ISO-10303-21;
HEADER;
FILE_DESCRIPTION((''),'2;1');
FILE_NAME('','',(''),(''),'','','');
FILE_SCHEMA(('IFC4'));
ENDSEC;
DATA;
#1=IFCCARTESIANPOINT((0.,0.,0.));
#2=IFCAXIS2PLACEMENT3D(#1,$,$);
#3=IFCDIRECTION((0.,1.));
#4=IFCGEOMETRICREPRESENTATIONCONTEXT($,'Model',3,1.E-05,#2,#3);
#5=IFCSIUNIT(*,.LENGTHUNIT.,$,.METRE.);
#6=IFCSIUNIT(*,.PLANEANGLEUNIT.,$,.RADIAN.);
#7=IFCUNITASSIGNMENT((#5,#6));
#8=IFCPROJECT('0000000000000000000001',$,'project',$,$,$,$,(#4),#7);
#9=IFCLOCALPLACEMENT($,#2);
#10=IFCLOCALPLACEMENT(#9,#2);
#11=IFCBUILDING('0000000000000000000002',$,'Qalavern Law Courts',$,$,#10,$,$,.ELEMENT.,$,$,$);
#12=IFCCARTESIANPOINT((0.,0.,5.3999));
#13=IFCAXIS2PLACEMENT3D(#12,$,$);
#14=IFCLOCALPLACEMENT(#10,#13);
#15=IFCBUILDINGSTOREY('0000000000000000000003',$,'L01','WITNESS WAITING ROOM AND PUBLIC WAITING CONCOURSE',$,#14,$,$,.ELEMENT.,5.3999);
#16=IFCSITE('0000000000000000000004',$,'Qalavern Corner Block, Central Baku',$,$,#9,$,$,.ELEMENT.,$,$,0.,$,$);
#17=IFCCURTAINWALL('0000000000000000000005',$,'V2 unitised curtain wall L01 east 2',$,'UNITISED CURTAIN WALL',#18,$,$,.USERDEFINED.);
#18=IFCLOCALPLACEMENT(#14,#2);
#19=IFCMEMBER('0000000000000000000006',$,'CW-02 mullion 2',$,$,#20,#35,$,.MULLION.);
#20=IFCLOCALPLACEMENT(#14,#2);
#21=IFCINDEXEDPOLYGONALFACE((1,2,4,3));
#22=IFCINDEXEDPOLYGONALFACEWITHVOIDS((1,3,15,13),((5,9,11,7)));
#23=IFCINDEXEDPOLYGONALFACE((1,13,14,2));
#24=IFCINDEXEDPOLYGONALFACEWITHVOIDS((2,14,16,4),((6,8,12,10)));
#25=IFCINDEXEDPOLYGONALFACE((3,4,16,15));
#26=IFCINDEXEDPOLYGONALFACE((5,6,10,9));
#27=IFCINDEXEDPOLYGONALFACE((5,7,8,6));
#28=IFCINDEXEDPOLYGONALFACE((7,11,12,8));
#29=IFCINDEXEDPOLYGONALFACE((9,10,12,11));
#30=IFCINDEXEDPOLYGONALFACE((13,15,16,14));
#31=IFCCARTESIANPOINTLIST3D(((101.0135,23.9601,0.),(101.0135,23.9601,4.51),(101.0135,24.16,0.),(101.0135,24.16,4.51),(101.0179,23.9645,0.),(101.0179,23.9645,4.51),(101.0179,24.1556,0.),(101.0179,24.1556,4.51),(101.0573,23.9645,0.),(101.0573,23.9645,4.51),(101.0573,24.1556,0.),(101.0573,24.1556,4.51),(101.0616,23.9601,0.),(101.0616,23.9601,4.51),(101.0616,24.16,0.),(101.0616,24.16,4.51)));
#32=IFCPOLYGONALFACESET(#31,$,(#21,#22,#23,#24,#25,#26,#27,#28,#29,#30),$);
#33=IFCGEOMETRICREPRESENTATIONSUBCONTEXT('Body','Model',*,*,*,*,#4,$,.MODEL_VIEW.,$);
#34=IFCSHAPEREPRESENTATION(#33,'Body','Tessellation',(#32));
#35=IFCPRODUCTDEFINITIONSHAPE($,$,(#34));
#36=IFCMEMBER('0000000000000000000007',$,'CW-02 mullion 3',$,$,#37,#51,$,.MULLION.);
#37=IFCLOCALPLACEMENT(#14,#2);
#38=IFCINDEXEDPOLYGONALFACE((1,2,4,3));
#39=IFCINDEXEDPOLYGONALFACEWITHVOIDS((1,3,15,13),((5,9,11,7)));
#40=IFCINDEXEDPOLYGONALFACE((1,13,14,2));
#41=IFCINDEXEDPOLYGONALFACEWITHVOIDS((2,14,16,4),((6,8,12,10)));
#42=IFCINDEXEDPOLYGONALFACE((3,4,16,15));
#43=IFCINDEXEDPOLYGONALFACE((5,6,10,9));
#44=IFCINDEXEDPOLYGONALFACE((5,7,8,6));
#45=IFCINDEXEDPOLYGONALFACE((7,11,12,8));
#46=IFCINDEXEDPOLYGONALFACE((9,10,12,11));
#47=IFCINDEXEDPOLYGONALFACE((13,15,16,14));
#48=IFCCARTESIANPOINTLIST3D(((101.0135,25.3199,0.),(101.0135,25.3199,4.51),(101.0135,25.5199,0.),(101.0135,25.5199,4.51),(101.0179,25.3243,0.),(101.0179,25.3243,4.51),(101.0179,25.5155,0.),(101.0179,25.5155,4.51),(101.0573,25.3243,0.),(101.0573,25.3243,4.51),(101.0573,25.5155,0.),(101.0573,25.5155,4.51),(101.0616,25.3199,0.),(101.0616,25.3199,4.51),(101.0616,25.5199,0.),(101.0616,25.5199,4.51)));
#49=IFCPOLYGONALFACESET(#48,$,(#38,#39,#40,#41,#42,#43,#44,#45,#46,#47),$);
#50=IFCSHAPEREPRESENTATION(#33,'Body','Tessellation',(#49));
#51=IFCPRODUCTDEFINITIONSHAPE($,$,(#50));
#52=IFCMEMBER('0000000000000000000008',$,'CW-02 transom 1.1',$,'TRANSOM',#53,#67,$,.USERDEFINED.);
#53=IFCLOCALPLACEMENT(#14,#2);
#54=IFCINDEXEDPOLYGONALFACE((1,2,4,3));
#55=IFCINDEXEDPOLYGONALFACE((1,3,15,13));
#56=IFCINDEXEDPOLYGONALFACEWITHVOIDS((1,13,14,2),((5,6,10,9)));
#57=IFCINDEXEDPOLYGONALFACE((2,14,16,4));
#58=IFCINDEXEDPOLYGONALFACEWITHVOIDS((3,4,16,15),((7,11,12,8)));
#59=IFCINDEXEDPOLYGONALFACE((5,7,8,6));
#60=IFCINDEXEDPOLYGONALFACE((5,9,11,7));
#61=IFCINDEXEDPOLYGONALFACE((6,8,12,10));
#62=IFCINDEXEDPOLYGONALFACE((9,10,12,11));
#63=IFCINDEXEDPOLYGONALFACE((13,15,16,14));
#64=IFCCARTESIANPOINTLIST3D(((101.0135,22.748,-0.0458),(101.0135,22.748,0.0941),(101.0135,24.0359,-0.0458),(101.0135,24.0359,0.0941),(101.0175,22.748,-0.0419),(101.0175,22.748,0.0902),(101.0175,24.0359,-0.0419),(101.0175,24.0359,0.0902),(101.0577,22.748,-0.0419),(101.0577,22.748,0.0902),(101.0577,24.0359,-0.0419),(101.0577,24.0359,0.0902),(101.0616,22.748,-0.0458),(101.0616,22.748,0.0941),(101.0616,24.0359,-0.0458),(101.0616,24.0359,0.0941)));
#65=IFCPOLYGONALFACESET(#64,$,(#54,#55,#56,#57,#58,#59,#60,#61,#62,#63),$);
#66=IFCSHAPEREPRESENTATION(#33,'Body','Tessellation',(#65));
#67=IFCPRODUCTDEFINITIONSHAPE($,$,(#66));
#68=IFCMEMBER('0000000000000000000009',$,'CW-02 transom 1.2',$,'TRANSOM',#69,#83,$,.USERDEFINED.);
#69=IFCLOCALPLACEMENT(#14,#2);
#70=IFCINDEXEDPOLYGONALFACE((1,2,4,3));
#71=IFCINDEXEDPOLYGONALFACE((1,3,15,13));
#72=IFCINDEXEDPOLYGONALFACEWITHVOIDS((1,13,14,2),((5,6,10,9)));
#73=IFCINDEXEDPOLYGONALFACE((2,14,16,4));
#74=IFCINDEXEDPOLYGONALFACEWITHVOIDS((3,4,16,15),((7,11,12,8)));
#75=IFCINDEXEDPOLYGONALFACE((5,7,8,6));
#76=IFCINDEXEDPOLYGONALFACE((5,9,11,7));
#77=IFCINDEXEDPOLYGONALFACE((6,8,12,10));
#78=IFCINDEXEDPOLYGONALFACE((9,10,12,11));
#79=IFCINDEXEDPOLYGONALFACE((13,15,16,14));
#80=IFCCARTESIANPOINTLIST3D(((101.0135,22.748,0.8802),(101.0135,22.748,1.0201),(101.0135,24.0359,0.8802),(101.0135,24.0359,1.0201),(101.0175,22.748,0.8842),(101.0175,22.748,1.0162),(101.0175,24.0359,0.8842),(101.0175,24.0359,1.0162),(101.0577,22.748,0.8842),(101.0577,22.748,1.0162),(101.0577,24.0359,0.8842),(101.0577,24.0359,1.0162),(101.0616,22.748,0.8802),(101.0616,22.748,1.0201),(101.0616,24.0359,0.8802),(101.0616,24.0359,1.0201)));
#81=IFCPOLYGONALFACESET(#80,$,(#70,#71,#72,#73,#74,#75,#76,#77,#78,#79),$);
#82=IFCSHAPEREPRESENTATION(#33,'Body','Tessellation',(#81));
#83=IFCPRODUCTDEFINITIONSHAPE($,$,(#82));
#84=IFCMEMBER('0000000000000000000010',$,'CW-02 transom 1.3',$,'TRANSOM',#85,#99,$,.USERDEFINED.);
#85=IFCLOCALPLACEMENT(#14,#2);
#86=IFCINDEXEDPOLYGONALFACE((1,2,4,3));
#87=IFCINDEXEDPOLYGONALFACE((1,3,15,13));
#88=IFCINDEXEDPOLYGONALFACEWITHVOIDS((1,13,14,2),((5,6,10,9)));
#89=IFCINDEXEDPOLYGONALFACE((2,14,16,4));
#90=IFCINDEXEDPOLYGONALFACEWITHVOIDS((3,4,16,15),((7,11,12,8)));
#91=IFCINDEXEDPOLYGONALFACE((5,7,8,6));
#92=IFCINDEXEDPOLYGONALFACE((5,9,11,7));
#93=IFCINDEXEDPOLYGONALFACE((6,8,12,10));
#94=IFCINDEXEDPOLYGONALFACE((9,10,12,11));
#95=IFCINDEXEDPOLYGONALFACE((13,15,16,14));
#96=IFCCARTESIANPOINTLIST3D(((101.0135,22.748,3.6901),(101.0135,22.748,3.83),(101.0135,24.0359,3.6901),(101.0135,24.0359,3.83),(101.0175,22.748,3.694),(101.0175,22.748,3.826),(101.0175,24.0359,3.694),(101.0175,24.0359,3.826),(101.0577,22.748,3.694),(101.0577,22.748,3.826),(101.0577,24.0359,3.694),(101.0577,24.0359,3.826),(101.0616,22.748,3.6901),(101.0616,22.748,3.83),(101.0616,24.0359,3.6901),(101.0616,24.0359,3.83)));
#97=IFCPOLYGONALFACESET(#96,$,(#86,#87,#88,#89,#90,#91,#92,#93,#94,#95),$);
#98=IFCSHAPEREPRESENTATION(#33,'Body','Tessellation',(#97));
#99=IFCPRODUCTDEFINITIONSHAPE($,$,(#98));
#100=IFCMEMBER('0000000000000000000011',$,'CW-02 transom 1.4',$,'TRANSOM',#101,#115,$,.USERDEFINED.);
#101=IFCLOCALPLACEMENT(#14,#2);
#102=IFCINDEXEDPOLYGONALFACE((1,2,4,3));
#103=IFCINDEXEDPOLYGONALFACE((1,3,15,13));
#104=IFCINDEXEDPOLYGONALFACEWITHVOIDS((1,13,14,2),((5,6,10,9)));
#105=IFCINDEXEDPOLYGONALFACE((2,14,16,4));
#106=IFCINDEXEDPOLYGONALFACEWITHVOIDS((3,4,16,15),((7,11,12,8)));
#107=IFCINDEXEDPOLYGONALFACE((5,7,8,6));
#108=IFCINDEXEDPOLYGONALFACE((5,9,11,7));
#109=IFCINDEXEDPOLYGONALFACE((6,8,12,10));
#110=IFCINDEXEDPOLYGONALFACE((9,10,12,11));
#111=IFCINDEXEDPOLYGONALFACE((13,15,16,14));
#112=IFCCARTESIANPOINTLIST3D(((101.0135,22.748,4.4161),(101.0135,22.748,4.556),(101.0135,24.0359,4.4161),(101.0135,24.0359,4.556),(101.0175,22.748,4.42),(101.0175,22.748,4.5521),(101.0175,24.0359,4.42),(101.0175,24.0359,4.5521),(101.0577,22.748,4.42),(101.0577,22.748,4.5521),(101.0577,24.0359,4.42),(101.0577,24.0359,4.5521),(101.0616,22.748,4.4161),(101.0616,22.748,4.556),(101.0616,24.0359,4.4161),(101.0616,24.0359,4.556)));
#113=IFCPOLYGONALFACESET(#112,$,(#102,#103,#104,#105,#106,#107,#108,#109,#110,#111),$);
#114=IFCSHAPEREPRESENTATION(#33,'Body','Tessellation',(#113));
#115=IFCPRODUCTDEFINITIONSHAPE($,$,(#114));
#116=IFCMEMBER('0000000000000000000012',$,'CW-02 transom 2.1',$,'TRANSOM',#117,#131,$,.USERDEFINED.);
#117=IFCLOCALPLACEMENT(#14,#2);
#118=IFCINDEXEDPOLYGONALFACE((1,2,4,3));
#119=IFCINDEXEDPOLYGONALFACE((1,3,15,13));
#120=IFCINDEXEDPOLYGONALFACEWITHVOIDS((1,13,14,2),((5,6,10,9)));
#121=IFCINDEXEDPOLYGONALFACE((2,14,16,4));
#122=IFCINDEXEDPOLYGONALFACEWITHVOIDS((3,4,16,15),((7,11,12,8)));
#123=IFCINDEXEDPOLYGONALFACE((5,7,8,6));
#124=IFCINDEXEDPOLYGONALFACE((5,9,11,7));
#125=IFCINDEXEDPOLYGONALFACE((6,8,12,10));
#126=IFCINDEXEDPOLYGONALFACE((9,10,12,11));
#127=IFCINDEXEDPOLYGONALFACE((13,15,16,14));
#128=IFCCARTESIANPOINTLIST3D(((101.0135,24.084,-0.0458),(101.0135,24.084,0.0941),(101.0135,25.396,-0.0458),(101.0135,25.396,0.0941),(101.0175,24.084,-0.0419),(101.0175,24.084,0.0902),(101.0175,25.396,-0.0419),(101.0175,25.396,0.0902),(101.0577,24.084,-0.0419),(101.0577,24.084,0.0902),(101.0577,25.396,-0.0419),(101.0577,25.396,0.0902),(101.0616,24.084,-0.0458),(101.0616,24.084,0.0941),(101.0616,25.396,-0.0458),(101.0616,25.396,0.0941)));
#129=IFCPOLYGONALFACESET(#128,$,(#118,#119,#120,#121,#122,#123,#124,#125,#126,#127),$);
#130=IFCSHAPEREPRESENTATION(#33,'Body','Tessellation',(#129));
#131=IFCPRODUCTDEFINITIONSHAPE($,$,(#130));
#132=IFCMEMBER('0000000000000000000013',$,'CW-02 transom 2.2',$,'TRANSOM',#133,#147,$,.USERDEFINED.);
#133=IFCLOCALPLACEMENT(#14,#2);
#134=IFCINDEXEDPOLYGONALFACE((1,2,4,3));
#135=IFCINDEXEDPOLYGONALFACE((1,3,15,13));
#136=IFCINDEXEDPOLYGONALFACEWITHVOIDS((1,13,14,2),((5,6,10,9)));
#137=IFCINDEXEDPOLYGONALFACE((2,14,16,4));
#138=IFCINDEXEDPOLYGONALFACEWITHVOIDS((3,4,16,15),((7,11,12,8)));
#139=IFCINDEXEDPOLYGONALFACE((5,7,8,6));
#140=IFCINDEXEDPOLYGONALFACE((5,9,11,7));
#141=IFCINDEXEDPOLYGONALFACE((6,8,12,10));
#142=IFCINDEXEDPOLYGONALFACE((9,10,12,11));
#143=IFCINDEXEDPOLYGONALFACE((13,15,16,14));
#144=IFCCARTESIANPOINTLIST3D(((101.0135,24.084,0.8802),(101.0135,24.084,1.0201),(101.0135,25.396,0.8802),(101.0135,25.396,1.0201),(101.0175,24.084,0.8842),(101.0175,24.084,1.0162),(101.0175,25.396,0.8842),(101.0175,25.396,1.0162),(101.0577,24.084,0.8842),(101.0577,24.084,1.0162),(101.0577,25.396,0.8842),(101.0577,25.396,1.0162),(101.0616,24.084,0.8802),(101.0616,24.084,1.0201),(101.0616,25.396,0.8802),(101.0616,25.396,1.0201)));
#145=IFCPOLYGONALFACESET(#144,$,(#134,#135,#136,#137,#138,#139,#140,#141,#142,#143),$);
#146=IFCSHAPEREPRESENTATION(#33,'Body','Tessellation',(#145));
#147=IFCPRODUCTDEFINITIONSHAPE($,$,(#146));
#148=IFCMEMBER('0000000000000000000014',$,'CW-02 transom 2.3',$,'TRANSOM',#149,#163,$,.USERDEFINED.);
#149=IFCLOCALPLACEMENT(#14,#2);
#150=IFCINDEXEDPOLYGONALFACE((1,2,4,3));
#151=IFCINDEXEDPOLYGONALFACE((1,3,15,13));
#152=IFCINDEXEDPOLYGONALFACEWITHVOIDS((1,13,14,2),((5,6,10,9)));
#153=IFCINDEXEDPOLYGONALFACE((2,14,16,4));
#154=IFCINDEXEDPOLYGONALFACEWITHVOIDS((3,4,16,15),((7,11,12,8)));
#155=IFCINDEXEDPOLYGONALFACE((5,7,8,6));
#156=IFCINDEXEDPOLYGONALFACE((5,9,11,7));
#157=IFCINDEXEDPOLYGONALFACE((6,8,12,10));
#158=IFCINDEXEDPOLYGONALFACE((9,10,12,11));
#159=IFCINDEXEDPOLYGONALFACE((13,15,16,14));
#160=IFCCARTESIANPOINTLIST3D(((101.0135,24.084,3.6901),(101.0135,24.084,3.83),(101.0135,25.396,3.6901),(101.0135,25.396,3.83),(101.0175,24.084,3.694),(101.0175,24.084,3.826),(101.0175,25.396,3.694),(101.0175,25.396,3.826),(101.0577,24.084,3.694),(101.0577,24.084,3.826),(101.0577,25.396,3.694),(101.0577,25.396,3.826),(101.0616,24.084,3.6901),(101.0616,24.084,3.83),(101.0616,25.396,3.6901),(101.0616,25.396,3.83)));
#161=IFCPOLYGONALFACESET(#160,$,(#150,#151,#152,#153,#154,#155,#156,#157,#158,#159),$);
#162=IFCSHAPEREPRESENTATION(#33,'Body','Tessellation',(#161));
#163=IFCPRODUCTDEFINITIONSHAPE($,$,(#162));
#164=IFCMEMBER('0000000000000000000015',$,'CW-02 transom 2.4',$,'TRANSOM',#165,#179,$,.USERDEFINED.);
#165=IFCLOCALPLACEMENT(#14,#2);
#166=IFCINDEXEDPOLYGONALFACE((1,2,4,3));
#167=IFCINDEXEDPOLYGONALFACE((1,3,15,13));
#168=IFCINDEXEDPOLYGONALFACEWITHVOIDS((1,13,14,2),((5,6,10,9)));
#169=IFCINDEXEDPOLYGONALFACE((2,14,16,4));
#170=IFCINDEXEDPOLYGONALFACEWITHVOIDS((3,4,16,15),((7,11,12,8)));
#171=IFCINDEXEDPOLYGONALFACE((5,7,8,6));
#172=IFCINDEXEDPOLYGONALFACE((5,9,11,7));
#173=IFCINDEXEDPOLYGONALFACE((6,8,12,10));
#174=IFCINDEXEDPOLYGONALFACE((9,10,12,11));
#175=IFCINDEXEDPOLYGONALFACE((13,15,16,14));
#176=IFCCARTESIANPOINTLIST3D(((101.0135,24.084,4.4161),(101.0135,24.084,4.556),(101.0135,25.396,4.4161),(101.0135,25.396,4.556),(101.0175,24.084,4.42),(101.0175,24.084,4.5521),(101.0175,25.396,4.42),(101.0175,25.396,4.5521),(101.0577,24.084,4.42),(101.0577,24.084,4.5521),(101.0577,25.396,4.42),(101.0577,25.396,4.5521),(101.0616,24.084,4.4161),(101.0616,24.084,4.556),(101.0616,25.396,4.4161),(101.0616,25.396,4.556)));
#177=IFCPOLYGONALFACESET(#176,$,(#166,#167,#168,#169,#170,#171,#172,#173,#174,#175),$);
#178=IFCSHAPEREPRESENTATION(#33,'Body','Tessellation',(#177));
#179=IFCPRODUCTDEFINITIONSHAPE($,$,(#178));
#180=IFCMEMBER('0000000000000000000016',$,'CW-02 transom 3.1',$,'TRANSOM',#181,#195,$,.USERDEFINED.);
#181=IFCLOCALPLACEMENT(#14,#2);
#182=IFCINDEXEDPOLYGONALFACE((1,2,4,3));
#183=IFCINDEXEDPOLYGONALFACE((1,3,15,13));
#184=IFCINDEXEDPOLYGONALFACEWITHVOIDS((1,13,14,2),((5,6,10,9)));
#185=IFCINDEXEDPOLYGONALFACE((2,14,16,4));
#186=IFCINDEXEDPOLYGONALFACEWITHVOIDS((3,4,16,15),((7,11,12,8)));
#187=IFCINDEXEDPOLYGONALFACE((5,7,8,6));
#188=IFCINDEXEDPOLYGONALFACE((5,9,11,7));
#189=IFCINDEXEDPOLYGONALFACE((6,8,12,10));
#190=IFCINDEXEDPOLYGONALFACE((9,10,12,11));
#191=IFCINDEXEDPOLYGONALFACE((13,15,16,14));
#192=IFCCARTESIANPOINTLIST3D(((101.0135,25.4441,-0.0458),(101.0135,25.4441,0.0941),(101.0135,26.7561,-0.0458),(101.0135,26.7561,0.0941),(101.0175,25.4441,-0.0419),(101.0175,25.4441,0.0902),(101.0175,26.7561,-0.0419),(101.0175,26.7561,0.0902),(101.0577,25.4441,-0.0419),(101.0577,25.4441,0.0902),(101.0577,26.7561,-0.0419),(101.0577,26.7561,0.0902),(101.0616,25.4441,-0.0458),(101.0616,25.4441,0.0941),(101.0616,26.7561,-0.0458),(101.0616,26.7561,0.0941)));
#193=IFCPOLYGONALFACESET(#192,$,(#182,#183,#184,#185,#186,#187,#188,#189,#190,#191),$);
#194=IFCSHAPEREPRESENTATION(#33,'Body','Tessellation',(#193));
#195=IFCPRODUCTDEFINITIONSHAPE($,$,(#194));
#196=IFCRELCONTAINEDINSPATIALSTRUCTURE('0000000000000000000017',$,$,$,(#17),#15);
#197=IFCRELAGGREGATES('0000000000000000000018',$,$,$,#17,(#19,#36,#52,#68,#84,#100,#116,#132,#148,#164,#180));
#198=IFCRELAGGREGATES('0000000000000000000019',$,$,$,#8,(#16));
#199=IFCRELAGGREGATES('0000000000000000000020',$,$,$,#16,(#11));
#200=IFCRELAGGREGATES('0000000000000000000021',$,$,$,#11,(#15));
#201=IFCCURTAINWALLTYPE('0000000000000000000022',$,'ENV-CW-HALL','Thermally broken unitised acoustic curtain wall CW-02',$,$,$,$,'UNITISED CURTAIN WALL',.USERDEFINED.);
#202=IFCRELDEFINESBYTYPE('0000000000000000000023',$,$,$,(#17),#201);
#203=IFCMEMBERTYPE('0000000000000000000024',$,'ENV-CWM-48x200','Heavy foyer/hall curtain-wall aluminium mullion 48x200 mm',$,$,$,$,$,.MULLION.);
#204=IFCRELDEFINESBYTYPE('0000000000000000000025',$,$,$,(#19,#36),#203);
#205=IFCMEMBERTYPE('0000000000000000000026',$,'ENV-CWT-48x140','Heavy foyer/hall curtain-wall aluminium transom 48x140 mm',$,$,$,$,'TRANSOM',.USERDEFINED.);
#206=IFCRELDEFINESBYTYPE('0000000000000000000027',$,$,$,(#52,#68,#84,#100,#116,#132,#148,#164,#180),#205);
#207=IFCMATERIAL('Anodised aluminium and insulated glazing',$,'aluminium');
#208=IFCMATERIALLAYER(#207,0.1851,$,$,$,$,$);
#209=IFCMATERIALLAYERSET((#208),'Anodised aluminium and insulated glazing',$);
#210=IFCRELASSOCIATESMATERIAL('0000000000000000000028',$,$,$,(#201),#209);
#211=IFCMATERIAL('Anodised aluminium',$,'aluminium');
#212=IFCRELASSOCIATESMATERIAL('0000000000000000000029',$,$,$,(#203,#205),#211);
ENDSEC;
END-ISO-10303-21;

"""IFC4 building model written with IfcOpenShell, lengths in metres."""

from ifc_helpers import new_model, si_unit, direction, frame, origin, origin_2d, place, context, subcontext, project, spatial, hollow_rectangle, extrude, material, layer, layer_set, material_profile, profile_set, type_object, element, aggregate, save


model = new_model("IFC4")

# Units and contexts
model_context = context("Model", 3, precision=1e-05, world=origin(), true_north=direction((0.0, 1.0)))
body_context = subcontext(model_context, "Body", "Model", "MODEL_VIEW")
ifc_project = project(units=[si_unit("LENGTHUNIT", "METRE"), si_unit("PLANEANGLEUNIT", "RADIAN")], contexts=[model_context])

# Site, building, storey
site_placement = place(None, origin())
site = spatial("IfcSite", under=ifc_project, at=site_placement, Name="Qalavern Corner Block, Central Baku", CompositionType="ELEMENT", RefElevation=0.0)
building_placement = place(site_placement, origin())
building = spatial("IfcBuilding", under=site, at=building_placement, Name="Qalavern Law Courts", CompositionType="ELEMENT")
storey_placement = place(building_placement, frame((0.0, 0.0, 5.3999)))
storey = spatial("IfcBuildingStorey", under=building, at=storey_placement, Name="L01", Description="WITNESS WAITING ROOM AND PUBLIC WAITING CONCOURSE", CompositionType="ELEMENT", Elevation=5.3999)

# Curtain wall, members
ifc_material_1 = material(Name="Anodised aluminium and insulated glazing", Category="aluminium")
ifc_layer_1 = layer(ifc_material_1, 0.1851)
ifc_layer_set_1 = layer_set([ifc_layer_1], Name="Anodised aluminium and insulated glazing")
curtain_wall_type = type_object("IfcCurtainWallType", Name="ENV-CW-HALL", Description="Thermally broken unitised acoustic curtain wall CW-02", ElementType="UNITISED CURTAIN WALL", PredefinedType="USERDEFINED", material=ifc_layer_set_1)
curtain_wall_placement = place(storey_placement, origin())
curtain_wall = element("IfcCurtainWall", 1, at=curtain_wall_placement, inside=storey, type_object=curtain_wall_type, Name="V2 unitised curtain wall L01 east 2", ObjectType="UNITISED CURTAIN WALL", PredefinedType="USERDEFINED")
ifc_material_2 = material(Name="Anodised aluminium", Category="aluminium")
ifc_material_profile_1 = material_profile(ifc_material_2, hollow_rectangle(XDim=0.0481, YDim=0.2, WallThickness=0.0044, at=origin_2d()), Name="ALU MULLION 48x200")
ifc_profile_set_1 = profile_set([ifc_material_profile_1], Name="Anodised aluminium")
member_type_1 = type_object("IfcMemberType", Name="ENV-CWM-48x200", Description="Heavy foyer/hall curtain-wall aluminium mullion 48x200 mm", PredefinedType="MULLION", material=ifc_profile_set_1)
member_1_placement = place(storey_placement, frame((101.0376, 24.0601, 0.0), z_axis=(0.0, 0.0, 1.0), x_axis=(-1.0, 0.0, 0.0)))
member_1 = element("IfcMember", 2, at=member_1_placement, type_object=member_type_1, Name="CW-02 mullion 2", PredefinedType="MULLION", context=body_context, shape_type="SweptSolid", body=[
    extrude(hollow_rectangle(XDim=0.0481, YDim=0.2, WallThickness=0.0044, at=origin_2d()), origin(), (0.0, 0.0, 1.0), 4.51),
])
member_2_placement = place(storey_placement, frame((101.0376, 25.4199, 0.0), z_axis=(0.0, 0.0, 1.0), x_axis=(-1.0, 0.0, 0.0)))
member_2 = element("IfcMember", 3, at=member_2_placement, type_object=member_type_1, Name="CW-02 mullion 3", PredefinedType="MULLION", context=body_context, shape_type="SweptSolid", body=[
    extrude(hollow_rectangle(XDim=0.0481, YDim=0.2, WallThickness=0.0044, at=origin_2d()), origin(), (0.0, 0.0, 1.0), 4.51),
])
ifc_material_profile_2 = material_profile(ifc_material_2, hollow_rectangle(XDim=0.0481, YDim=0.1399, WallThickness=0.0039, at=origin_2d()), Name="ALU TRANSOM 48x140")
ifc_profile_set_2 = profile_set([ifc_material_profile_2], Name="Anodised aluminium")
member_type_2 = type_object("IfcMemberType", Name="ENV-CWT-48x140", Description="Heavy foyer/hall curtain-wall aluminium transom 48x140 mm", ElementType="TRANSOM", PredefinedType="USERDEFINED", material=ifc_profile_set_2)
member_3_placement = place(storey_placement, frame((101.0376, 22.748, 0.0242), z_axis=(0.0, 1.0, 0.0), x_axis=(-1.0, 0.0, 0.0)))
member_3 = element("IfcMember", 4, at=member_3_placement, type_object=member_type_2, Name="CW-02 transom 1.1", ObjectType="TRANSOM", PredefinedType="USERDEFINED", context=body_context, shape_type="SweptSolid", body=[
    extrude(hollow_rectangle(XDim=0.0481, YDim=0.1399, WallThickness=0.0039, at=origin_2d()), origin(), (0.0, 0.0, 1.0), 1.2878),
])
member_4_placement = place(storey_placement, frame((101.0376, 22.748, 0.9502), z_axis=(0.0, 1.0, 0.0), x_axis=(-1.0, 0.0, 0.0)))
member_4 = element("IfcMember", 5, at=member_4_placement, type_object=member_type_2, Name="CW-02 transom 1.2", ObjectType="TRANSOM", PredefinedType="USERDEFINED", context=body_context, shape_type="SweptSolid", body=[
    extrude(hollow_rectangle(XDim=0.0481, YDim=0.1399, WallThickness=0.0039, at=origin_2d()), origin(), (0.0, 0.0, 1.0), 1.2878),
])
member_5_placement = place(storey_placement, frame((101.0376, 22.748, 3.76), z_axis=(0.0, 1.0, 0.0), x_axis=(-1.0, 0.0, 0.0)))
member_5 = element("IfcMember", 6, at=member_5_placement, type_object=member_type_2, Name="CW-02 transom 1.3", ObjectType="TRANSOM", PredefinedType="USERDEFINED", context=body_context, shape_type="SweptSolid", body=[
    extrude(hollow_rectangle(XDim=0.0481, YDim=0.1399, WallThickness=0.0039, at=origin_2d()), origin(), (0.0, 0.0, 1.0), 1.2878),
])
member_6_placement = place(storey_placement, frame((101.0376, 22.748, 4.4861), z_axis=(0.0, 1.0, 0.0), x_axis=(-1.0, 0.0, 0.0)))
member_6 = element("IfcMember", 7, at=member_6_placement, type_object=member_type_2, Name="CW-02 transom 1.4", ObjectType="TRANSOM", PredefinedType="USERDEFINED", context=body_context, shape_type="SweptSolid", body=[
    extrude(hollow_rectangle(XDim=0.0481, YDim=0.1399, WallThickness=0.0039, at=origin_2d()), origin(), (0.0, 0.0, 1.0), 1.2878),
])
member_7_placement = place(storey_placement, frame((101.0376, 24.084, 0.0242), z_axis=(0.0, 1.0, 0.0), x_axis=(-1.0, 0.0, 0.0)))
member_7 = element("IfcMember", 8, at=member_7_placement, type_object=member_type_2, Name="CW-02 transom 2.1", ObjectType="TRANSOM", PredefinedType="USERDEFINED", context=body_context, shape_type="SweptSolid", body=[
    extrude(hollow_rectangle(XDim=0.0481, YDim=0.1399, WallThickness=0.0039, at=origin_2d()), origin(), (0.0, 0.0, 1.0), 1.312),
])
member_8_placement = place(storey_placement, frame((101.0376, 24.084, 0.9502), z_axis=(0.0, 1.0, 0.0), x_axis=(-1.0, 0.0, 0.0)))
member_8 = element("IfcMember", 9, at=member_8_placement, type_object=member_type_2, Name="CW-02 transom 2.2", ObjectType="TRANSOM", PredefinedType="USERDEFINED", context=body_context, shape_type="SweptSolid", body=[
    extrude(hollow_rectangle(XDim=0.0481, YDim=0.1399, WallThickness=0.0039, at=origin_2d()), origin(), (0.0, 0.0, 1.0), 1.312),
])
member_9_placement = place(storey_placement, frame((101.0376, 24.084, 3.76), z_axis=(0.0, 1.0, 0.0), x_axis=(-1.0, 0.0, 0.0)))
member_9 = element("IfcMember", 10, at=member_9_placement, type_object=member_type_2, Name="CW-02 transom 2.3", ObjectType="TRANSOM", PredefinedType="USERDEFINED", context=body_context, shape_type="SweptSolid", body=[
    extrude(hollow_rectangle(XDim=0.0481, YDim=0.1399, WallThickness=0.0039, at=origin_2d()), origin(), (0.0, 0.0, 1.0), 1.312),
])
member_10_placement = place(storey_placement, frame((101.0376, 24.084, 4.4861), z_axis=(0.0, 1.0, 0.0), x_axis=(-1.0, 0.0, 0.0)))
member_10 = element("IfcMember", 11, at=member_10_placement, type_object=member_type_2, Name="CW-02 transom 2.4", ObjectType="TRANSOM", PredefinedType="USERDEFINED", context=body_context, shape_type="SweptSolid", body=[
    extrude(hollow_rectangle(XDim=0.0481, YDim=0.1399, WallThickness=0.0039, at=origin_2d()), origin(), (0.0, 0.0, 1.0), 1.312),
])
member_11_placement = place(storey_placement, frame((101.0376, 25.4441, 0.0242), z_axis=(0.0, 1.0, 0.0), x_axis=(-1.0, 0.0, 0.0)))
member_11 = element("IfcMember", 12, at=member_11_placement, type_object=member_type_2, Name="CW-02 transom 3.1", ObjectType="TRANSOM", PredefinedType="USERDEFINED", context=body_context, shape_type="SweptSolid", body=[
    extrude(hollow_rectangle(XDim=0.0481, YDim=0.1399, WallThickness=0.0039, at=origin_2d()), origin(), (0.0, 0.0, 1.0), 1.312),
])
aggregate(curtain_wall, [member_1, member_2, member_3, member_4, member_5, member_6, member_7, member_8, member_9, member_10, member_11])

save(model, "model.ifc")
